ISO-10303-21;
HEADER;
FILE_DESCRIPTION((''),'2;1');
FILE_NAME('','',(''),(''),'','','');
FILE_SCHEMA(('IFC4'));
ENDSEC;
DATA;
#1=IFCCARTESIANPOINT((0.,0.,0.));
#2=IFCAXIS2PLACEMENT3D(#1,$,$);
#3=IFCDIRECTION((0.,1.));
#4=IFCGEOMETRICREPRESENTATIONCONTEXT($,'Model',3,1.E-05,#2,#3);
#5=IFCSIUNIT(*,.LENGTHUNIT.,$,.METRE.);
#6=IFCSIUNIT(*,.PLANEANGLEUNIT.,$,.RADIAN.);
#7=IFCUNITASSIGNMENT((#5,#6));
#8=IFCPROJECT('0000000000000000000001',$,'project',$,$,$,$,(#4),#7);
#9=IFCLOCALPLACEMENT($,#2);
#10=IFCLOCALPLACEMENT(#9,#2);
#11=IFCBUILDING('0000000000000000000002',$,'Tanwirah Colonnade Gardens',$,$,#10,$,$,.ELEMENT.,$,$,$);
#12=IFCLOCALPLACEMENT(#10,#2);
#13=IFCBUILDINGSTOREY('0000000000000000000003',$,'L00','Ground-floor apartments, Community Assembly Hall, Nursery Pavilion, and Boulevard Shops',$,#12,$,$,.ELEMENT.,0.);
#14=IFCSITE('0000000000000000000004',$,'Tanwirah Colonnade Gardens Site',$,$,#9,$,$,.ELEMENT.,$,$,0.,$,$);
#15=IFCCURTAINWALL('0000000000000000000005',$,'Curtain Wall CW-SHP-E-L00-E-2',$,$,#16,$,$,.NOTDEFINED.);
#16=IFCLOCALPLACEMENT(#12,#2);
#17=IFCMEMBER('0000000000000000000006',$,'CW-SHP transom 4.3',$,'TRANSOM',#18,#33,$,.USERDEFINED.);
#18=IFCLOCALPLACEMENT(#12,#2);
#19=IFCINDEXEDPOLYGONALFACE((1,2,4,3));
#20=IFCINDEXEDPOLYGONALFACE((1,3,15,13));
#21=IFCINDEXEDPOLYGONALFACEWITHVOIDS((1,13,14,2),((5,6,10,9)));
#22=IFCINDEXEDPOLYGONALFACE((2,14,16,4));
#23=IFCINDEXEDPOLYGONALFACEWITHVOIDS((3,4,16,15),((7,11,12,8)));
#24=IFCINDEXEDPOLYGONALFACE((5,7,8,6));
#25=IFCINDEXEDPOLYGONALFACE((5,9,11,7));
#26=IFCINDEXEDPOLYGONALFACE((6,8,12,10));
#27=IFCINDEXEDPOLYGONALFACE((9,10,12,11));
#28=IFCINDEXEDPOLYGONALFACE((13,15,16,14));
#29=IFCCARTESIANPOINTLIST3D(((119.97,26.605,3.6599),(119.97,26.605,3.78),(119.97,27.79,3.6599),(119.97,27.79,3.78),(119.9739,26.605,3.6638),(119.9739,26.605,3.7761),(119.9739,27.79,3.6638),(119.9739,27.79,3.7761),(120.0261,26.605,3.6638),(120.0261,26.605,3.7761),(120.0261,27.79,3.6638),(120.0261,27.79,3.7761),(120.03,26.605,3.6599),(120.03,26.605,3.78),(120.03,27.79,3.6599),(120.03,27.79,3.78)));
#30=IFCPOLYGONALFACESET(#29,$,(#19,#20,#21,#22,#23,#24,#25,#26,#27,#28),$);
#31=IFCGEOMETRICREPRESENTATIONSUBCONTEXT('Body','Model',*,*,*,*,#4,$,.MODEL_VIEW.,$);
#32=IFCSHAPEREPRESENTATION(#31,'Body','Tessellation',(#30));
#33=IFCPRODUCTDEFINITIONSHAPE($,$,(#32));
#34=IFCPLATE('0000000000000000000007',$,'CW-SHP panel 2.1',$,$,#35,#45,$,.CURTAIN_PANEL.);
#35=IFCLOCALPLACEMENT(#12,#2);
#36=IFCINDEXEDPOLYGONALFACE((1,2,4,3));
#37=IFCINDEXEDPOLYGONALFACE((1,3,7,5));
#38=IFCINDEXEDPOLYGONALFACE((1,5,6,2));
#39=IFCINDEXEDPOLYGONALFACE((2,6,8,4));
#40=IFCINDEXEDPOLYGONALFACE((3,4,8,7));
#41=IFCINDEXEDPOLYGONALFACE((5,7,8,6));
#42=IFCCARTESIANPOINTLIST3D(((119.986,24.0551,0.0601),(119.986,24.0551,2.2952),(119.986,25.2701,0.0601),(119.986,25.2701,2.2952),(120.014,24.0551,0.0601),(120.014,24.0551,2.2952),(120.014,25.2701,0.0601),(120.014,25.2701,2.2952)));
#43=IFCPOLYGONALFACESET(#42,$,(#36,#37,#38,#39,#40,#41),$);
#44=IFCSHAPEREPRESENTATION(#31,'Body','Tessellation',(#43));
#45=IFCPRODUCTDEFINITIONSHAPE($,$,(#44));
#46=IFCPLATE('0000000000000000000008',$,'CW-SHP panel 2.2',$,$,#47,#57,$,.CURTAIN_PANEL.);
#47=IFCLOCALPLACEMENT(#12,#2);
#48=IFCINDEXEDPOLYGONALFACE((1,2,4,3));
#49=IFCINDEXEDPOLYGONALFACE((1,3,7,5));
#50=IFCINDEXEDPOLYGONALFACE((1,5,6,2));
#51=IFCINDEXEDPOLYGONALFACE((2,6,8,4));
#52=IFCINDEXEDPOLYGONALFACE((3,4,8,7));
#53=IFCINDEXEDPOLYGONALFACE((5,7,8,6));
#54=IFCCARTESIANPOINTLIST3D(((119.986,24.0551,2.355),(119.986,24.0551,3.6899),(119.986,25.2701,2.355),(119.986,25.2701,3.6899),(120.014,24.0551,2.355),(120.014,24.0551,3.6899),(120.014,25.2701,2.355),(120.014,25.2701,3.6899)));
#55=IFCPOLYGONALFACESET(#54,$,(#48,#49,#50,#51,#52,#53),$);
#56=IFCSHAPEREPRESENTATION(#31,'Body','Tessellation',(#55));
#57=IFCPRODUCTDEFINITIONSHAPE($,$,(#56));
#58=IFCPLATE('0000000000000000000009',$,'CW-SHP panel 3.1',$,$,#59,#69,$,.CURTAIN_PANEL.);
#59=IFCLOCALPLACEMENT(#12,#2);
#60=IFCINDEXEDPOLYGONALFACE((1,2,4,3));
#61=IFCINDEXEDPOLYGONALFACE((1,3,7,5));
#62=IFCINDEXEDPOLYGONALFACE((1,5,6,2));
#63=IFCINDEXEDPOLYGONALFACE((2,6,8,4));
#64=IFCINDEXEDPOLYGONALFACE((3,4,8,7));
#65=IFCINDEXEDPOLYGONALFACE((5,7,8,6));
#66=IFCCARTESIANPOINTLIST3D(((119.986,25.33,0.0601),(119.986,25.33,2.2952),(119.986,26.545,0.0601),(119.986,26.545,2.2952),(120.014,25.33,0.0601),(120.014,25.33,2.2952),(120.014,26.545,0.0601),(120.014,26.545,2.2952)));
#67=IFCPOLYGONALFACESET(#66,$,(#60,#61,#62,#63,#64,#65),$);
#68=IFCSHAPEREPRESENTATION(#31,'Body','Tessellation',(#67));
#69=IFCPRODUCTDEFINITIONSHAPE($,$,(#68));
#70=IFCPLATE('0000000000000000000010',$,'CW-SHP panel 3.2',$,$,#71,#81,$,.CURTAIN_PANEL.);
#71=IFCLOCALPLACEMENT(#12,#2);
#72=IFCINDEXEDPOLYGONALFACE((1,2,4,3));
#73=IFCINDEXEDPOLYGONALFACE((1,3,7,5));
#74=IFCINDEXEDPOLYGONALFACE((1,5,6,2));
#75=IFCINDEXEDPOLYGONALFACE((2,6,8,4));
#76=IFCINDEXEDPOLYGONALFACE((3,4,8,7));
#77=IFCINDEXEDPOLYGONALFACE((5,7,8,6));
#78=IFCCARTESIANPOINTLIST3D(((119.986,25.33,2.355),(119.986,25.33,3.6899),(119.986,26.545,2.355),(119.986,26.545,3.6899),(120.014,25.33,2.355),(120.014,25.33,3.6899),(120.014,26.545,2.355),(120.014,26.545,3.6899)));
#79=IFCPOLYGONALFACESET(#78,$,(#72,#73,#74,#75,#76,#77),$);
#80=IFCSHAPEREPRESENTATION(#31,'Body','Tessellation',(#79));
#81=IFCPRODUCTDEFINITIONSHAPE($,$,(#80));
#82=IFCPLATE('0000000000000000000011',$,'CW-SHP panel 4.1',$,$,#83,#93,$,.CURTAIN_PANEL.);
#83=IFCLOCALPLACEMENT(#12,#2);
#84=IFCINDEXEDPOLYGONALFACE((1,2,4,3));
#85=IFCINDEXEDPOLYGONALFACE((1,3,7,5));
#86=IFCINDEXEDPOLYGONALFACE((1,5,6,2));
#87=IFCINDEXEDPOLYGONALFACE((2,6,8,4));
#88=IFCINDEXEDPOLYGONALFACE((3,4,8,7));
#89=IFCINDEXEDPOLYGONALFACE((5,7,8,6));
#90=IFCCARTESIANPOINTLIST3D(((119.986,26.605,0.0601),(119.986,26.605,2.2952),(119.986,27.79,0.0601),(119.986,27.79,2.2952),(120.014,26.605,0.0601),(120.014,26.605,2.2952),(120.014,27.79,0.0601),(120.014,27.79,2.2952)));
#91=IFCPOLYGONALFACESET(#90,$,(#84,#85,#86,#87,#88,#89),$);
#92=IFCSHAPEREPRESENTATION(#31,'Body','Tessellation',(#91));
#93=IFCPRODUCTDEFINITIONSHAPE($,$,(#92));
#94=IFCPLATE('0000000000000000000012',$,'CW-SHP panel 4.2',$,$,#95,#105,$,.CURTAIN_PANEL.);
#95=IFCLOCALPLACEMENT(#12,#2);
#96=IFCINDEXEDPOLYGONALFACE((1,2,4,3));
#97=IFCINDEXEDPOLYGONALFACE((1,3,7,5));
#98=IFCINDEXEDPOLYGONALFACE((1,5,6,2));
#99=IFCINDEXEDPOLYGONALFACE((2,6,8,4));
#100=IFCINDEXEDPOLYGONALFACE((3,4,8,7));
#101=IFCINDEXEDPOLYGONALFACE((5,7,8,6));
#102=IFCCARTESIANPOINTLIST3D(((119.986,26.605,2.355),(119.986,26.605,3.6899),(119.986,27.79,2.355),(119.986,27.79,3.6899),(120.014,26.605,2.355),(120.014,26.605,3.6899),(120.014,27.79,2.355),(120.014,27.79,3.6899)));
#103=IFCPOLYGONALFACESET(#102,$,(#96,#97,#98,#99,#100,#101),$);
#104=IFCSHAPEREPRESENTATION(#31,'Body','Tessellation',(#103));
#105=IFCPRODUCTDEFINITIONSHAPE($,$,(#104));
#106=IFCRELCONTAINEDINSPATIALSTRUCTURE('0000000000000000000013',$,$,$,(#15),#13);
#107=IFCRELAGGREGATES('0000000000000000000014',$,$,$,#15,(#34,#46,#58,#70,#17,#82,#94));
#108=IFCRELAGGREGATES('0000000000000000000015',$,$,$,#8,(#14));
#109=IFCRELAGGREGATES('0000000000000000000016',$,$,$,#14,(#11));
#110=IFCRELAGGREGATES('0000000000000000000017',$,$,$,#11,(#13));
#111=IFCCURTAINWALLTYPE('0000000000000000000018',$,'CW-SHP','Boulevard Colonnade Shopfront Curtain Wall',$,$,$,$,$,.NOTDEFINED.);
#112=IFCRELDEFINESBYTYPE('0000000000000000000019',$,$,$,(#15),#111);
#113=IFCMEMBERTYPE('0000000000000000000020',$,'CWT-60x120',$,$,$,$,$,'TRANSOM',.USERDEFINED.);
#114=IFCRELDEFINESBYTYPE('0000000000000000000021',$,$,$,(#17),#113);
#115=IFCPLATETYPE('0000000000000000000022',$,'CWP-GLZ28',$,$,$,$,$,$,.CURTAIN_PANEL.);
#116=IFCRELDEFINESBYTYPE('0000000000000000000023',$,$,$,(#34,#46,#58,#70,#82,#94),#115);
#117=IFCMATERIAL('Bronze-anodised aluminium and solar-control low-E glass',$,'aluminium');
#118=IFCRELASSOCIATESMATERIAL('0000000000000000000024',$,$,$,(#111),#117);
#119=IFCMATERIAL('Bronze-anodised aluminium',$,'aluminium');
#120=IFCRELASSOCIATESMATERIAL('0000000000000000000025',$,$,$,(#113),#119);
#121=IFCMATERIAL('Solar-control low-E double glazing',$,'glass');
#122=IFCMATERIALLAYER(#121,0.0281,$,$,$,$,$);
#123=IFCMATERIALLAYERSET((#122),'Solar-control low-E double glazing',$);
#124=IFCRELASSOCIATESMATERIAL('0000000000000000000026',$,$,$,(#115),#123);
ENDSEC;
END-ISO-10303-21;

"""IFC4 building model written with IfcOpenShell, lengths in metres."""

from ifc_helpers import new_model, si_unit, direction, frame, origin, origin_2d, place, context, subcontext, project, spatial, rectangle, hollow_rectangle, extrude, material, layer, layer_set, material_profile, profile_set, type_object, element, aggregate, save


model = new_model("IFC4")

# Units and contexts
model_context = context("Model", 3, precision=1e-05, world=origin(), true_north=direction((0.0, 1.0)))
body_context = subcontext(model_context, "Body", "Model", "MODEL_VIEW")
ifc_project = project(units=[si_unit("LENGTHUNIT", "METRE"), si_unit("PLANEANGLEUNIT", "RADIAN")], contexts=[model_context])

# Site, building, storey
site_placement = place(None, origin())
site = spatial("IfcSite", under=ifc_project, at=site_placement, Name="Tanwirah Colonnade Gardens Site", CompositionType="ELEMENT", RefElevation=0.0)
building_placement = place(site_placement, origin())
building = spatial("IfcBuilding", under=site, at=building_placement, Name="Tanwirah Colonnade Gardens", CompositionType="ELEMENT")
storey_placement = place(building_placement, origin())
storey = spatial("IfcBuildingStorey", under=building, at=storey_placement, Name="L00", Description="Ground-floor apartments, Community Assembly Hall, Nursery Pavilion, and Boulevard Shops", CompositionType="ELEMENT", Elevation=0.0)

# Curtain wall, member, plates
ifc_material_1 = material(Name="Bronze-anodised aluminium and solar-control low-E glass", Category="aluminium")
curtain_wall_type = type_object("IfcCurtainWallType", Name="CW-SHP", Description="Boulevard Colonnade Shopfront Curtain Wall", PredefinedType="NOTDEFINED", material=ifc_material_1)
curtain_wall_placement = place(storey_placement, origin())
curtain_wall = element("IfcCurtainWall", 1, at=curtain_wall_placement, inside=storey, type_object=curtain_wall_type, Name="Curtain Wall CW-SHP-E-L00-E-2", PredefinedType="NOTDEFINED")
ifc_material_2 = material(Name="Bronze-anodised aluminium", Category="aluminium")
ifc_material_profile_1 = material_profile(ifc_material_2, hollow_rectangle(XDim=0.0601, YDim=0.1201, WallThickness=0.0039, at=origin_2d()), Name="CW-TRN 60x120x4")
ifc_profile_set_1 = profile_set([ifc_material_profile_1], Name="Bronze-anodised aluminium")
member_type_1 = type_object("IfcMemberType", Name="CWT-60x120", ElementType="TRANSOM", PredefinedType="USERDEFINED", material=ifc_profile_set_1)
member_1_placement = place(storey_placement, frame((120.0, 26.605, 3.72), z_axis=(0.0, 1.0, 0.0), x_axis=(-1.0, 0.0, 0.0)))
member_1 = element("IfcMember", 2, at=member_1_placement, type_object=member_type_1, Name="CW-SHP transom 4.3", ObjectType="TRANSOM", PredefinedType="USERDEFINED", context=body_context, shape_type="SweptSolid", body=[
    extrude(hollow_rectangle(XDim=0.0601, YDim=0.1201, WallThickness=0.0039, at=origin_2d()), origin(), (0.0, 0.0, 1.0), 1.1851),
])
ifc_material_3 = material(Name="Solar-control low-E double glazing", Category="glass")
ifc_layer = layer(ifc_material_3, 0.0281)
ifc_layer_set = layer_set([ifc_layer], Name="Solar-control low-E double glazing")
plate_type = type_object("IfcPlateType", Name="CWP-GLZ28", PredefinedType="CURTAIN_PANEL", material=ifc_layer_set)
plate_1_placement = place(storey_placement, frame((120.0, 24.6626, 0.0601), z_axis=(0.0, 0.0, 1.0), x_axis=(0.0, 1.0, 0.0)))
plate_1 = element("IfcPlate", 3, at=plate_1_placement, type_object=plate_type, Name="CW-SHP panel 2.1", PredefinedType="CURTAIN_PANEL", context=body_context, shape_type="SweptSolid", body=[
    extrude(rectangle(XDim=1.2151, YDim=0.0281, at=origin_2d()), origin(), (0.0, 0.0, 1.0), 2.2351),
])
plate_2_placement = place(storey_placement, frame((120.0, 24.6626, 2.355), z_axis=(0.0, 0.0, 1.0), x_axis=(0.0, 1.0, 0.0)))
plate_2 = element("IfcPlate", 4, at=plate_2_placement, type_object=plate_type, Name="CW-SHP panel 2.2", PredefinedType="CURTAIN_PANEL", context=body_context, shape_type="SweptSolid", body=[
    extrude(rectangle(XDim=1.2151, YDim=0.0281, at=origin_2d()), origin(), (0.0, 0.0, 1.0), 1.335),
])
plate_3_placement = place(storey_placement, frame((120.0, 25.9375, 0.0601), z_axis=(0.0, 0.0, 1.0), x_axis=(0.0, 1.0, 0.0)))
plate_3 = element("IfcPlate", 5, at=plate_3_placement, type_object=plate_type, Name="CW-SHP panel 3.1", PredefinedType="CURTAIN_PANEL", context=body_context, shape_type="SweptSolid", body=[
    extrude(rectangle(XDim=1.2151, YDim=0.0281, at=origin_2d()), origin(), (0.0, 0.0, 1.0), 2.2351),
])
plate_4_placement = place(storey_placement, frame((120.0, 25.9375, 2.355), z_axis=(0.0, 0.0, 1.0), x_axis=(0.0, 1.0, 0.0)))
plate_4 = element("IfcPlate", 6, at=plate_4_placement, type_object=plate_type, Name="CW-SHP panel 3.2", PredefinedType="CURTAIN_PANEL", context=body_context, shape_type="SweptSolid", body=[
    extrude(rectangle(XDim=1.2151, YDim=0.0281, at=origin_2d()), origin(), (0.0, 0.0, 1.0), 1.335),
])
plate_5_placement = place(storey_placement, frame((120.0, 27.1975, 0.0601), z_axis=(0.0, 0.0, 1.0), x_axis=(0.0, 1.0, 0.0)))
plate_5 = element("IfcPlate", 7, at=plate_5_placement, type_object=plate_type, Name="CW-SHP panel 4.1", PredefinedType="CURTAIN_PANEL", context=body_context, shape_type="SweptSolid", body=[
    extrude(rectangle(XDim=1.1851, YDim=0.0281, at=origin_2d()), origin(), (0.0, 0.0, 1.0), 2.2351),
])
plate_6_placement = place(storey_placement, frame((120.0, 27.1975, 2.355), z_axis=(0.0, 0.0, 1.0), x_axis=(0.0, 1.0, 0.0)))
plate_6 = element("IfcPlate", 8, at=plate_6_placement, type_object=plate_type, Name="CW-SHP panel 4.2", PredefinedType="CURTAIN_PANEL", context=body_context, shape_type="SweptSolid", body=[
    extrude(rectangle(XDim=1.1851, YDim=0.0281, at=origin_2d()), origin(), (0.0, 0.0, 1.0), 1.335),
])
aggregate(curtain_wall, [plate_1, plate_2, plate_3, plate_4, member_1, plate_5, plate_6])

save(model, "model.ifc")
